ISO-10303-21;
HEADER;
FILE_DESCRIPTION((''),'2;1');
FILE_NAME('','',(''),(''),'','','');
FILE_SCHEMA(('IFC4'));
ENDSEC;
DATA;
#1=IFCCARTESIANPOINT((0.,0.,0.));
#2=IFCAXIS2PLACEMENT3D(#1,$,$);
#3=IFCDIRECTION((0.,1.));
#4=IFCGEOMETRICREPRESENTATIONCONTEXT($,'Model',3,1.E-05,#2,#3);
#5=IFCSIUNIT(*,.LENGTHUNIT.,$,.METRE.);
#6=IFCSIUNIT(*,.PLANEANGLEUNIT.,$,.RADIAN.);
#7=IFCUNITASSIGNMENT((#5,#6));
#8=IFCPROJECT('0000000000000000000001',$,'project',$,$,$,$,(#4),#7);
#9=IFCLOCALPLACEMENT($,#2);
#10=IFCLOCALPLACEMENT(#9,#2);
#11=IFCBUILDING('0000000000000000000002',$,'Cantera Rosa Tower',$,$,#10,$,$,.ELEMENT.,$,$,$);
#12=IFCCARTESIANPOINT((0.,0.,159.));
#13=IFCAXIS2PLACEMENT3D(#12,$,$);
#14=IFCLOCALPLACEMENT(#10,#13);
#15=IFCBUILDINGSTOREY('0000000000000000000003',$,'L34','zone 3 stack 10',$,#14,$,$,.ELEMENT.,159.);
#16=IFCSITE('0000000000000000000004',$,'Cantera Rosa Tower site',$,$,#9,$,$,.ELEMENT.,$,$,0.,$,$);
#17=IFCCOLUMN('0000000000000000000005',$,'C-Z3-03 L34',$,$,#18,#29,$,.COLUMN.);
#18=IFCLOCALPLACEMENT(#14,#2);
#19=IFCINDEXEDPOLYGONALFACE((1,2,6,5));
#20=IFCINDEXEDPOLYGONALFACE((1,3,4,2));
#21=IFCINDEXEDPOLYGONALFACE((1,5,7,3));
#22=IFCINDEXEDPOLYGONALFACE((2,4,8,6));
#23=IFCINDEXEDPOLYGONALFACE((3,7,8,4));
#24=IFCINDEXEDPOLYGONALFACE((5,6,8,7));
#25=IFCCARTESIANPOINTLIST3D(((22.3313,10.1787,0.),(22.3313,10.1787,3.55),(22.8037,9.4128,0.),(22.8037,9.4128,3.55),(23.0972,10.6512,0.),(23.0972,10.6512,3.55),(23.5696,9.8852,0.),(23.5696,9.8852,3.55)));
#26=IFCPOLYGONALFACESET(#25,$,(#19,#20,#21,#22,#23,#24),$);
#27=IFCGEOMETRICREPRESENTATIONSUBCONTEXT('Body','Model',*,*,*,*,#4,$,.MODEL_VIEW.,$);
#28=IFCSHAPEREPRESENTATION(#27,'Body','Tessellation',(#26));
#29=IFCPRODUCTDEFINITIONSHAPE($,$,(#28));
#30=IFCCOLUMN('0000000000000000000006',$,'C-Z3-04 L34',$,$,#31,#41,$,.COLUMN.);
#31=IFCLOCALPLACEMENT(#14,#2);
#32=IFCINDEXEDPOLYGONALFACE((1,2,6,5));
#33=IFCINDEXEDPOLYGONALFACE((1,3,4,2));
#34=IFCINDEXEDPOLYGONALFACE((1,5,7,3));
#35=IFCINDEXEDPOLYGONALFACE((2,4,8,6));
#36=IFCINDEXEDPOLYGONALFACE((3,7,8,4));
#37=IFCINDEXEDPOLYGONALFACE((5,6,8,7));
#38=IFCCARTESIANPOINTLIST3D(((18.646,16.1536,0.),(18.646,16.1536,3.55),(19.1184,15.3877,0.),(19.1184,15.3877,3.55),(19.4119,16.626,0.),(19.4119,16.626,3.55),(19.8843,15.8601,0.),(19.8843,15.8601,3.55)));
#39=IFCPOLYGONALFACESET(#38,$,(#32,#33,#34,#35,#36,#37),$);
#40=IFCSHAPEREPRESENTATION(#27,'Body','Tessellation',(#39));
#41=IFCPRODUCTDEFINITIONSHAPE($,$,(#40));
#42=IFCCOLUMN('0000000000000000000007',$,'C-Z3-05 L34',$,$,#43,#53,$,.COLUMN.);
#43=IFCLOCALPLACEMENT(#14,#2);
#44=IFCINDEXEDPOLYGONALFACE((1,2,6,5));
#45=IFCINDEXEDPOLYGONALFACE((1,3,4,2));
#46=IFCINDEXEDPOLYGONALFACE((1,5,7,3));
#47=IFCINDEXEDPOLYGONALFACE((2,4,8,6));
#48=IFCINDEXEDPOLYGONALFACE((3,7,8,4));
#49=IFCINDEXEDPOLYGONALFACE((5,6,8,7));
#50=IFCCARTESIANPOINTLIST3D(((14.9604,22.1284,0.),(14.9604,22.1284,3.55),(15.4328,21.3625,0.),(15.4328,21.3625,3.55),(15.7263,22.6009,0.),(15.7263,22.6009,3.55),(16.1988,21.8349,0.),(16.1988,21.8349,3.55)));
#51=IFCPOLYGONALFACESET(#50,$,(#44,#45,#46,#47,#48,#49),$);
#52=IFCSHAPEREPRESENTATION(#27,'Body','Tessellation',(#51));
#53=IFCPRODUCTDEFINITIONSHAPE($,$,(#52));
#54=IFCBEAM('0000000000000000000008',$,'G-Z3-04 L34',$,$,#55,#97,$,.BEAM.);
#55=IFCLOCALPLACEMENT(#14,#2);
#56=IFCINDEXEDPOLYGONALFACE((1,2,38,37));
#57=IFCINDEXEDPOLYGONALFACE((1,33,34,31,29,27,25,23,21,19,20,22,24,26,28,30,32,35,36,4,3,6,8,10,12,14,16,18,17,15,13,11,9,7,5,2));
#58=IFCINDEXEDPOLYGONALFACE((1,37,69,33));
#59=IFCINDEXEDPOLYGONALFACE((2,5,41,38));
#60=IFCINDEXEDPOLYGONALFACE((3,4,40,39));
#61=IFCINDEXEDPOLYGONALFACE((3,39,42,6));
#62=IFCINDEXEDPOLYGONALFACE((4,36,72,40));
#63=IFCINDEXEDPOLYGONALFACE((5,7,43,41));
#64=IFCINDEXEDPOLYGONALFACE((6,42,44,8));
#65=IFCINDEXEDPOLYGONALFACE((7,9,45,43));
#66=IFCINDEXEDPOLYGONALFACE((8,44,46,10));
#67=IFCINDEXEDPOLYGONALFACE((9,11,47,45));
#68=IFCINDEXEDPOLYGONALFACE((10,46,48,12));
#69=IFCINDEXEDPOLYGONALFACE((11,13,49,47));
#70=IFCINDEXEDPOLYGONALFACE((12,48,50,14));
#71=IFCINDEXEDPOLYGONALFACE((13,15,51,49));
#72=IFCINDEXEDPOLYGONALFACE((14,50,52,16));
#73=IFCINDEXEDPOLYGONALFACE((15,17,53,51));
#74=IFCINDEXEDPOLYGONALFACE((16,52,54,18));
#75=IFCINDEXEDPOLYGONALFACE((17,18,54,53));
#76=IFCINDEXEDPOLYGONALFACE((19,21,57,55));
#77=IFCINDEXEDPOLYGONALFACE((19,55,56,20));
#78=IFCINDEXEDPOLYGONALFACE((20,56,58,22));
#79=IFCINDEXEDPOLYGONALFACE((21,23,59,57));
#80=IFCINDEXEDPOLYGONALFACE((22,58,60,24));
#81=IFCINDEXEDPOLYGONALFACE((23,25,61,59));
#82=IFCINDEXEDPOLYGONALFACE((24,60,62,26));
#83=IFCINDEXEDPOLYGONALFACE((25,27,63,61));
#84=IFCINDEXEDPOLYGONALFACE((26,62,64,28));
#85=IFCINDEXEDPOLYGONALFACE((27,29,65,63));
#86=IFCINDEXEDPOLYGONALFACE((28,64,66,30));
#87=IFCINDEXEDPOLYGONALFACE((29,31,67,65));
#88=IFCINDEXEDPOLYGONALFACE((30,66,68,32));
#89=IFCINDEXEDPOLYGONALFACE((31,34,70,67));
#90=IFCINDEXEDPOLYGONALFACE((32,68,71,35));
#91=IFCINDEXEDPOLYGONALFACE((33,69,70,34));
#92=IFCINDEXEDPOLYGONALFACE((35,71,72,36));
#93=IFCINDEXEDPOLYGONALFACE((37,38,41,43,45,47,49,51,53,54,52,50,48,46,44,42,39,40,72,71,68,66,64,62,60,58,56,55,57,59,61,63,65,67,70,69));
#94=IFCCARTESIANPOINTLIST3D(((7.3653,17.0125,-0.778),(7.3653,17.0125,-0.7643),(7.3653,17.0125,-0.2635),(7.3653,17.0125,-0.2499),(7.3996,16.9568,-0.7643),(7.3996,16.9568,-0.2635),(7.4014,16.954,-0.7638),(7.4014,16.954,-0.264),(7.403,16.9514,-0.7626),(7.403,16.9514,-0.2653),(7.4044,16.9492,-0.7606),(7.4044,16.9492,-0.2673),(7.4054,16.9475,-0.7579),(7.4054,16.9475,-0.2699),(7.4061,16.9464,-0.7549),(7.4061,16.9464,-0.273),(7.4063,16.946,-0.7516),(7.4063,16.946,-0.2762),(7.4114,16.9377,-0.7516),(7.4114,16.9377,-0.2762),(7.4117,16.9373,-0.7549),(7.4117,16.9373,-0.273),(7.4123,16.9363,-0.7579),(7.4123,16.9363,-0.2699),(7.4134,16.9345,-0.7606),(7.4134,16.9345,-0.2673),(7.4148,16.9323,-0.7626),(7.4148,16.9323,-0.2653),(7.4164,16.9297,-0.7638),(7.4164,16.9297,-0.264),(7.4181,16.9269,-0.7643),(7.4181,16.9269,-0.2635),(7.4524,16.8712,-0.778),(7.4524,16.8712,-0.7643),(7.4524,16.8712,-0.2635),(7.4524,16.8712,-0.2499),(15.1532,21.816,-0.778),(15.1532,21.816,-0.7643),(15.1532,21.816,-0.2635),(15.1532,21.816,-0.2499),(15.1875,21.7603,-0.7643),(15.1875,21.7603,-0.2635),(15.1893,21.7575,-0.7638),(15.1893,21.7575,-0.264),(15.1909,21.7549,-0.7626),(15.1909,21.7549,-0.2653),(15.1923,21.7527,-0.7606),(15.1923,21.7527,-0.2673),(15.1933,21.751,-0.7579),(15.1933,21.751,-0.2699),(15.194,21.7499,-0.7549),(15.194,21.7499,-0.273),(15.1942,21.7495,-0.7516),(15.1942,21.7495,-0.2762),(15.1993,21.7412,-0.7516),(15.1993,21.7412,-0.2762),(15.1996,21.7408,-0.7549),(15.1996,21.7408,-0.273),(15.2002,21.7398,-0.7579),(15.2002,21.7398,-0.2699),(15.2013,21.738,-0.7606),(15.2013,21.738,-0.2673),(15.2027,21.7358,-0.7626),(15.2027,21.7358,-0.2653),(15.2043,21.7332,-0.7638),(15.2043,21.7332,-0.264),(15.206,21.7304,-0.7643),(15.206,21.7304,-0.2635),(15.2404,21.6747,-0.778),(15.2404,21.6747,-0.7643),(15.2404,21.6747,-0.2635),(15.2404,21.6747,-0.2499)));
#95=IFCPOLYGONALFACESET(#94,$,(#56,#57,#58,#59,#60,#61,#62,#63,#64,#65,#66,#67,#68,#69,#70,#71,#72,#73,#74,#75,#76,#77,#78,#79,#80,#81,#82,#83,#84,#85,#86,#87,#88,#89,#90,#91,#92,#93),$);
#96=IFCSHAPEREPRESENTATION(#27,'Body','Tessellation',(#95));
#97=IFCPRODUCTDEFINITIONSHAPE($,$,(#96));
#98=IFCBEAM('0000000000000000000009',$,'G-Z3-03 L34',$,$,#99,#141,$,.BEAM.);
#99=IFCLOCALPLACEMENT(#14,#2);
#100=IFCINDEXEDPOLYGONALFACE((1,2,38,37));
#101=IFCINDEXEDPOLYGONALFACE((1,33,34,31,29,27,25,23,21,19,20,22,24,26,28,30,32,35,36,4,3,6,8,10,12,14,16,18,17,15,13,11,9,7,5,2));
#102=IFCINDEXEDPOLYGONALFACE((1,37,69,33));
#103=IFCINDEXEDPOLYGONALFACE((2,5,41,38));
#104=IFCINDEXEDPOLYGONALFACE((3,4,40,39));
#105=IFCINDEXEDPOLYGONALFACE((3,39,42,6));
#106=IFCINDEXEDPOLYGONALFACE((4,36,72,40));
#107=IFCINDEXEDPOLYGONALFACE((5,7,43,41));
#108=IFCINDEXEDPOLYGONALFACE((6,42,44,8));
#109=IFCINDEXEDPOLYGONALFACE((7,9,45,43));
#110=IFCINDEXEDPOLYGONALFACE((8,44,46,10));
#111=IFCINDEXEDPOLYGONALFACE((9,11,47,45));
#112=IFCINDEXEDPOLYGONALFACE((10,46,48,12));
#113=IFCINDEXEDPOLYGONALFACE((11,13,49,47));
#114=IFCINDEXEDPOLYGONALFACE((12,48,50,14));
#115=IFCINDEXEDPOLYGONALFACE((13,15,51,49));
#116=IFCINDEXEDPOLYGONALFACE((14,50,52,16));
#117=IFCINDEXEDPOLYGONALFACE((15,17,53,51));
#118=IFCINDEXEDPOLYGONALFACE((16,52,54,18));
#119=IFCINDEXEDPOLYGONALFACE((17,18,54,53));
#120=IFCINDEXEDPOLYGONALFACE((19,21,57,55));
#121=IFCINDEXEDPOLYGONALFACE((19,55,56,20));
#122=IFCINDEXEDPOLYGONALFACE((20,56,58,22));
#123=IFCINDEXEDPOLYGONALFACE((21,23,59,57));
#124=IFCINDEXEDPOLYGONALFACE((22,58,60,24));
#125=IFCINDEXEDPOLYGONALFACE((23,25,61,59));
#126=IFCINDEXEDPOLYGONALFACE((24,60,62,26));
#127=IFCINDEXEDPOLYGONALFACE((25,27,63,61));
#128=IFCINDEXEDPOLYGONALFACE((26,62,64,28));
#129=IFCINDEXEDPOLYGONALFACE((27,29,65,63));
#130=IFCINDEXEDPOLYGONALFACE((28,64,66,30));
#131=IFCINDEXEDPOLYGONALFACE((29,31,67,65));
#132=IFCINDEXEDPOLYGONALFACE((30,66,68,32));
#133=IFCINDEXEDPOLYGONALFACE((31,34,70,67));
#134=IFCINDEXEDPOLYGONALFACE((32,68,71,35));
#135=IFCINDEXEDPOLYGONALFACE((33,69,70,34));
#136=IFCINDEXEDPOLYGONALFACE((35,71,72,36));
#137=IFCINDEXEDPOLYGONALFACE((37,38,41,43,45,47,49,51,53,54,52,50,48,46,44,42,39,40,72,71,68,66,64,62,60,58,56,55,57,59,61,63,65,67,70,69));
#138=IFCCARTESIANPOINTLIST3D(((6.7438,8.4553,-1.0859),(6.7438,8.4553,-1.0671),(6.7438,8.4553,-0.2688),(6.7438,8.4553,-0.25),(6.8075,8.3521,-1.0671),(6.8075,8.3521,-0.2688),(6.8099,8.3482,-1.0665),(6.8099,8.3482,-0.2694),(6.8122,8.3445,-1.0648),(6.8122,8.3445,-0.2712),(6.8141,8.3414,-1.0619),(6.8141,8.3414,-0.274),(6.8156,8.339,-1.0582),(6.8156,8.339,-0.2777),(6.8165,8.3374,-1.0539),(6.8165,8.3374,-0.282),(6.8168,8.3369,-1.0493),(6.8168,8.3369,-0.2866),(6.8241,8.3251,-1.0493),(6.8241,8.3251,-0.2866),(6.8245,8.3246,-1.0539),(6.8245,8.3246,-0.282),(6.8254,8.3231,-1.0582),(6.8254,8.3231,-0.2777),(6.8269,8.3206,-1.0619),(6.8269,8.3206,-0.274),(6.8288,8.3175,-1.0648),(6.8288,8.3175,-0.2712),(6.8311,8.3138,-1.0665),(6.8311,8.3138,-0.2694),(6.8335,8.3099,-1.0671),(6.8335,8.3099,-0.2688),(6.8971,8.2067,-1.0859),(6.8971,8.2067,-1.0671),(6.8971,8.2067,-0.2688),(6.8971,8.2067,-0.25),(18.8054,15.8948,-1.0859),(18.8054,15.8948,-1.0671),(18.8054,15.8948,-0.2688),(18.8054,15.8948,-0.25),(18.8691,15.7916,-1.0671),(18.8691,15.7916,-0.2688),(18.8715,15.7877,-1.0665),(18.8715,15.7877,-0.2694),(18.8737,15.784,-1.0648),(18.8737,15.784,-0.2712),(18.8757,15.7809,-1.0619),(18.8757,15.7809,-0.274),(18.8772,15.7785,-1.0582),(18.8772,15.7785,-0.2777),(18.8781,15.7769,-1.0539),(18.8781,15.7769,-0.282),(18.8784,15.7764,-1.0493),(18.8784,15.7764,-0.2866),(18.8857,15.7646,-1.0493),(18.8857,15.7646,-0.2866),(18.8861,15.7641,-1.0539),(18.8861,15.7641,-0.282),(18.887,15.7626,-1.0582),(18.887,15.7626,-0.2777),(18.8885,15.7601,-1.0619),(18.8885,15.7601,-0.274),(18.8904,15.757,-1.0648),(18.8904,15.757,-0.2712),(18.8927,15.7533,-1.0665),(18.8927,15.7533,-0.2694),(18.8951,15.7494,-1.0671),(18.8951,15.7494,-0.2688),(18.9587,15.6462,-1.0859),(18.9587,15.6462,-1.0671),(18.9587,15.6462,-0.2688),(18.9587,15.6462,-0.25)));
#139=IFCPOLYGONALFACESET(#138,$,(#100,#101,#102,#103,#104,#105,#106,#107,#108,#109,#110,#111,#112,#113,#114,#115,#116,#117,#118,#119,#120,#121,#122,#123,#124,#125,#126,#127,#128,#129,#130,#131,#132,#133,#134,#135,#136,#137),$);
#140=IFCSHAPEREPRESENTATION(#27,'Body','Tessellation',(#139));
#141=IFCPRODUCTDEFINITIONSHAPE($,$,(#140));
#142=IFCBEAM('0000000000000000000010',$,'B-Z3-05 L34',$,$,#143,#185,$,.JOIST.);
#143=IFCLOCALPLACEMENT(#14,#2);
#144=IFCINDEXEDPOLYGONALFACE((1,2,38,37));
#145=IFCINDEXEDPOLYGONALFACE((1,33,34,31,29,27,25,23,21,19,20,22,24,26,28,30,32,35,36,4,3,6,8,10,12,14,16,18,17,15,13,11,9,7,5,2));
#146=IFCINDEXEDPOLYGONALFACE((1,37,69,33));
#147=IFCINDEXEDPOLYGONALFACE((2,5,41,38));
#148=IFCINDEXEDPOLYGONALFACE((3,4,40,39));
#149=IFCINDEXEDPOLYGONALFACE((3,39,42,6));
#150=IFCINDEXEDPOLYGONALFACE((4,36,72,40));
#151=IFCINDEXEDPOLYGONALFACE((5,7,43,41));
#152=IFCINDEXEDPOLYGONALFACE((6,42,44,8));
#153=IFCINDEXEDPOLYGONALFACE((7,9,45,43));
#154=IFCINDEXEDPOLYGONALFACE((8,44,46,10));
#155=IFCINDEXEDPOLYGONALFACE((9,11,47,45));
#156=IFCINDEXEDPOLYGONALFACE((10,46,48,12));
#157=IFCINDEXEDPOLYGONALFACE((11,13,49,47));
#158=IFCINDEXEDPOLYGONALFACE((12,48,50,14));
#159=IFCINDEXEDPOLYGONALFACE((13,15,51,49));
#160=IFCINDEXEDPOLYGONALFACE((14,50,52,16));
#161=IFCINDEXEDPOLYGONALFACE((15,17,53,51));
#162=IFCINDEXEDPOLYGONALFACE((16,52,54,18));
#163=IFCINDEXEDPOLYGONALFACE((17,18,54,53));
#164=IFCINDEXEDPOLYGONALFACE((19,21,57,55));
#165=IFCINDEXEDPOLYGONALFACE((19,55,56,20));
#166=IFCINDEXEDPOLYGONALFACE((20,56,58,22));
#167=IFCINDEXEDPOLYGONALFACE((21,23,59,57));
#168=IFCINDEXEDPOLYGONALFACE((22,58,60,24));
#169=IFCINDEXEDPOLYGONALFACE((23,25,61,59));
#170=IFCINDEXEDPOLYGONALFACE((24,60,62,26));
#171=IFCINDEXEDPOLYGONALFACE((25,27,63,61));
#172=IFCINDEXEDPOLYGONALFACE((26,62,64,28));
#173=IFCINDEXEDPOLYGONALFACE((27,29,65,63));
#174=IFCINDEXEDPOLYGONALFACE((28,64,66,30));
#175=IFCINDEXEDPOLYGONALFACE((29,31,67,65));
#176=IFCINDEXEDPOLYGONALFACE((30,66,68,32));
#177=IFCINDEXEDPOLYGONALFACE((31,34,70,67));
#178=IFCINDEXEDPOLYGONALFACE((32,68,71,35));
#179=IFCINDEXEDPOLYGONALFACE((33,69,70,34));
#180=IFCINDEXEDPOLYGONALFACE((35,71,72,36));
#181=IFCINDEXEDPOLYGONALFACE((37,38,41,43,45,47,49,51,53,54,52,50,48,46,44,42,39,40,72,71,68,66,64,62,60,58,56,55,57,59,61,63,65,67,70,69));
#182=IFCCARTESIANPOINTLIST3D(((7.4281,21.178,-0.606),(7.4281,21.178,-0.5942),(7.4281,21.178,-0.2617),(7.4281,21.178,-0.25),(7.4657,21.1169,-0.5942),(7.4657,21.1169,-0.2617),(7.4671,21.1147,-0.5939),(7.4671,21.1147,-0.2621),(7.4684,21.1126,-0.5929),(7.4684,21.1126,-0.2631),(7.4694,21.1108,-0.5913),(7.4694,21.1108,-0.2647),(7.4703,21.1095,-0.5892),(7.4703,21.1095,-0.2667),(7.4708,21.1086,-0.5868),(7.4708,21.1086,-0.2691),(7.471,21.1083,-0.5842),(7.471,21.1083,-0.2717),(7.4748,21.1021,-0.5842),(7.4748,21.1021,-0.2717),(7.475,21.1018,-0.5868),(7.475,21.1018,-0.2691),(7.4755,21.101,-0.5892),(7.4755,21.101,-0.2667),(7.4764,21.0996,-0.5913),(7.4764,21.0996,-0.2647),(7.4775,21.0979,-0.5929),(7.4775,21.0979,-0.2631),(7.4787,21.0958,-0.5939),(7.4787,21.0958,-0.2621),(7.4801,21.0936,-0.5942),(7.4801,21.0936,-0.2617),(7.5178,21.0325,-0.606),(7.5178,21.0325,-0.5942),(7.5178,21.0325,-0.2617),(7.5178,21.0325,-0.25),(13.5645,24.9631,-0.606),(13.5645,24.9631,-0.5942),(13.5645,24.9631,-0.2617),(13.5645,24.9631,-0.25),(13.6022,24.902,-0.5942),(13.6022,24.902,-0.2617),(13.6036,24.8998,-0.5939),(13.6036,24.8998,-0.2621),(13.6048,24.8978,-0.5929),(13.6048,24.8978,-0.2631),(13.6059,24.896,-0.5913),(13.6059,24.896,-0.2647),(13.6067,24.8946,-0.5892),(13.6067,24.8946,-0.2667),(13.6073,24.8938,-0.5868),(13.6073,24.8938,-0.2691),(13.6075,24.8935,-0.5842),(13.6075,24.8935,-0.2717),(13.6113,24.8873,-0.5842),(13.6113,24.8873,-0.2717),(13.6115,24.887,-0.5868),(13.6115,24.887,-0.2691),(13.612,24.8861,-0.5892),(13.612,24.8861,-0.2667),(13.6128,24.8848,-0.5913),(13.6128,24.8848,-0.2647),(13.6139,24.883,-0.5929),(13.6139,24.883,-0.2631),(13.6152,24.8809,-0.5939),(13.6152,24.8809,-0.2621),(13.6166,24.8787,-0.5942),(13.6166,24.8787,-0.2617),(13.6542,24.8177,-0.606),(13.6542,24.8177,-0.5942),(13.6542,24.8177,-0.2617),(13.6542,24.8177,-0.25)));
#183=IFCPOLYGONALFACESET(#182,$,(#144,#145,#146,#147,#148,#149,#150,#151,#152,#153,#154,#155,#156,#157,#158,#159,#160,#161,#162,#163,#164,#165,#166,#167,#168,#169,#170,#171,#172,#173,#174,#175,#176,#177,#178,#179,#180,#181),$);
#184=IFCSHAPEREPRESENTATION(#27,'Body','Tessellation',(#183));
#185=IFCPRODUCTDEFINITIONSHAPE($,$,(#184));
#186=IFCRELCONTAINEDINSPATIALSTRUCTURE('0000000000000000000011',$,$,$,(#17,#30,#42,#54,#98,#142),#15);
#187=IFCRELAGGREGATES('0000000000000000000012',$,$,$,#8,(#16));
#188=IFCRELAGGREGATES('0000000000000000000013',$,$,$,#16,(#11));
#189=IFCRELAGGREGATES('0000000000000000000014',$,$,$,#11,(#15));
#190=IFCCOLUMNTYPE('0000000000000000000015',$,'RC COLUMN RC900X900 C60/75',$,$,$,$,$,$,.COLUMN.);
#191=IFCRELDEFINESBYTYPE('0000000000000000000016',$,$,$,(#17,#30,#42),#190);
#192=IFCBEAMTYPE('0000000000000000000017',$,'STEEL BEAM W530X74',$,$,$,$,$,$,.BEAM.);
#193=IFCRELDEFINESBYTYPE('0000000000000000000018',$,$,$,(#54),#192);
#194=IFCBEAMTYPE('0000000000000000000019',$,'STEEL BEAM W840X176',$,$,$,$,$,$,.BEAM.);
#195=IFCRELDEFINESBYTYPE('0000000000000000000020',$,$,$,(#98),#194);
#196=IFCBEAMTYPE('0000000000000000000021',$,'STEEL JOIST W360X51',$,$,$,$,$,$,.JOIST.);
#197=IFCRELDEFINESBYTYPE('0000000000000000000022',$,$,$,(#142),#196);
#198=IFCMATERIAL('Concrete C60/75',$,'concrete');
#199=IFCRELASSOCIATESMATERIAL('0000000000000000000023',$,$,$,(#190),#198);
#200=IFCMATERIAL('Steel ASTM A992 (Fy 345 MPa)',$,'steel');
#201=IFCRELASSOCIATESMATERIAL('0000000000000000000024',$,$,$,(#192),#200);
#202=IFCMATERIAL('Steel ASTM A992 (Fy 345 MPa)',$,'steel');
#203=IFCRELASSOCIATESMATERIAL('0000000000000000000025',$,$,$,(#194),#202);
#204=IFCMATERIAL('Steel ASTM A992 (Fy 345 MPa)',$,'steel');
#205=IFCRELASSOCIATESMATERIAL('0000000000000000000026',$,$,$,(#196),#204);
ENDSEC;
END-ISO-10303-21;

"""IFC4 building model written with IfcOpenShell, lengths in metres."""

from ifc_helpers import new_model, si_unit, direction, frame, origin, origin_2d, place, context, subcontext, project, spatial, rectangle, i_section, extrude, material, material_profile, profile_set, type_object, element, save


model = new_model("IFC4")

# Units and contexts
model_context = context("Model", 3, precision=1e-05, world=origin(), true_north=direction((0.0, 1.0)))
body_context = subcontext(model_context, "Body", "Model", "MODEL_VIEW")
ifc_project = project(units=[si_unit("LENGTHUNIT", "METRE"), si_unit("PLANEANGLEUNIT", "RADIAN")], contexts=[model_context])

# Site, building, storey
site_placement = place(None, origin())
site = spatial("IfcSite", under=ifc_project, at=site_placement, Name="Cantera Rosa Tower site", CompositionType="ELEMENT", RefElevation=0.0)
building_placement = place(site_placement, origin())
building = spatial("IfcBuilding", under=site, at=building_placement, Name="Cantera Rosa Tower", CompositionType="ELEMENT")
storey_placement = place(building_placement, frame((0.0, 0.0, 159.0)))
storey = spatial("IfcBuildingStorey", under=building, at=storey_placement, Name="L34", Description="zone 3 stack 10", CompositionType="ELEMENT", Elevation=159.0)

# Columns
ifc_material_1 = material(Name="Concrete C60/75", Category="concrete")
ifc_material_profile_1 = material_profile(ifc_material_1, rectangle(XDim=0.8999, YDim=0.8999, at=origin_2d()), Name="RC COLUMN RC900X900 C60/75")
ifc_profile_set_1 = profile_set([ifc_material_profile_1], Name="Concrete C60/75")
column_type = type_object("IfcColumnType", Name="RC COLUMN RC900X900 C60/75", PredefinedType="COLUMN", material=ifc_profile_set_1)
for number, where, z_axis, x_axis, name in (
    (1, (22.9504, 10.032, 0.0), (0.0, 0.0, 1.0), (0.851117, 0.524977, 0.0), "C-Z3-03 L34"),
    (2, (19.2651, 16.0068, 0.0), (0.0, 0.0, 1.0), (0.851117, 0.524977, 0.0), "C-Z3-04 L34"),
    (3, (15.5796, 21.9817, 0.0), (0.0, 0.0, 1.0), (0.851117, 0.524977, 0.0), "C-Z3-05 L34"),
):
    element("IfcColumn", number, at=place(storey_placement, frame(where, z_axis=z_axis, x_axis=x_axis)), inside=storey, type_object=column_type, Name=name, PredefinedType="COLUMN", context=body_context, shape_type="SweptSolid", body=[
        extrude(rectangle(XDim=0.8999, YDim=0.8999, at=origin_2d()), origin(), (0.0, 0.0, 1.0), 3.55),
    ])

# Beams
ifc_material_2 = material(Name="Steel ASTM A992 (Fy 345 MPa)", Category="steel")
ifc_material_profile_2 = material_profile(ifc_material_2, i_section(OverallWidth=0.166, OverallDepth=0.5281, WebThickness=0.0098, FlangeThickness=0.0137, FilletRadius=0.0127, at=origin_2d()), Name="W530X74")
ifc_profile_set_2 = profile_set([ifc_material_profile_2], Name="Steel ASTM A992 (Fy 345 MPa)")
beam_type_1 = type_object("IfcBeamType", Name="STEEL BEAM W530X74", PredefinedType="BEAM", material=ifc_profile_set_2)
beam_1_placement = place(storey_placement, frame((15.1968, 21.7454, -0.5139), z_axis=(-0.851124, -0.524965, 0.0), x_axis=(0.524965, -0.851124, 0.0)))
element("IfcBeam", 4, at=beam_1_placement, inside=storey, type_object=beam_type_1, Name="G-Z3-04 L34", PredefinedType="BEAM", context=body_context, shape_type="SweptSolid", body=[
    extrude(i_section(OverallWidth=0.166, OverallDepth=0.5281, WebThickness=0.0098, FlangeThickness=0.0137, FilletRadius=0.0127, at=origin_2d()), origin(), (0.0, 0.0, 1.0), 9.1501),
])
ifc_material_3 = material(Name="Steel ASTM A992 (Fy 345 MPa)", Category="steel")
ifc_material_profile_3 = material_profile(ifc_material_3, i_section(OverallWidth=0.292, OverallDepth=0.8359, WebThickness=0.0139, FlangeThickness=0.0188, FilletRadius=0.0178, at=origin_2d()), Name="W840X176")
ifc_profile_set_3 = profile_set([ifc_material_profile_3], Name="Steel ASTM A992 (Fy 345 MPa)")
beam_type_2 = type_object("IfcBeamType", Name="STEEL BEAM W840X176", PredefinedType="BEAM", material=ifc_profile_set_3)
beam_2_placement = place(storey_placement, frame((18.8821, 15.7705, -0.668), z_axis=(-0.851123, -0.524966, 0.0), x_axis=(0.524966, -0.851123, 0.0)))
element("IfcBeam", 5, at=beam_2_placement, inside=storey, type_object=beam_type_2, Name="G-Z3-03 L34", PredefinedType="BEAM", context=body_context, shape_type="SweptSolid", body=[
    extrude(i_section(OverallWidth=0.292, OverallDepth=0.8359, WebThickness=0.0139, FlangeThickness=0.0188, FilletRadius=0.0178, at=origin_2d()), origin(), (0.0, 0.0, 1.0), 14.1714),
])
ifc_material_4 = material(Name="Steel ASTM A992 (Fy 345 MPa)", Category="steel")
ifc_material_profile_4 = material_profile(ifc_material_4, i_section(OverallWidth=0.1709, OverallDepth=0.356, WebThickness=0.0073, FlangeThickness=0.0117, FilletRadius=0.01, at=origin_2d()), Name="W360X51")
ifc_profile_set_4 = profile_set([ifc_material_profile_4], Name="Steel ASTM A992 (Fy 345 MPa)")
beam_type_3 = type_object("IfcBeamType", Name="STEEL JOIST W360X51", PredefinedType="JOIST", material=ifc_profile_set_4)
beam_3_placement = place(storey_placement, frame((13.6094, 24.8904, -0.428), z_axis=(-0.851109, -0.524989, 0.0), x_axis=(0.524989, -0.851109, 0.0)))
element("IfcBeam", 6, at=beam_3_placement, inside=storey, type_object=beam_type_3, Name="B-Z3-05 L34", PredefinedType="JOIST", context=body_context, shape_type="SweptSolid", body=[
    extrude(i_section(OverallWidth=0.1709, OverallDepth=0.356, WebThickness=0.0073, FlangeThickness=0.0117, FilletRadius=0.01, at=origin_2d()), origin(), (0.0, 0.0, 1.0), 7.21),
])

save(model, "model.ifc")
